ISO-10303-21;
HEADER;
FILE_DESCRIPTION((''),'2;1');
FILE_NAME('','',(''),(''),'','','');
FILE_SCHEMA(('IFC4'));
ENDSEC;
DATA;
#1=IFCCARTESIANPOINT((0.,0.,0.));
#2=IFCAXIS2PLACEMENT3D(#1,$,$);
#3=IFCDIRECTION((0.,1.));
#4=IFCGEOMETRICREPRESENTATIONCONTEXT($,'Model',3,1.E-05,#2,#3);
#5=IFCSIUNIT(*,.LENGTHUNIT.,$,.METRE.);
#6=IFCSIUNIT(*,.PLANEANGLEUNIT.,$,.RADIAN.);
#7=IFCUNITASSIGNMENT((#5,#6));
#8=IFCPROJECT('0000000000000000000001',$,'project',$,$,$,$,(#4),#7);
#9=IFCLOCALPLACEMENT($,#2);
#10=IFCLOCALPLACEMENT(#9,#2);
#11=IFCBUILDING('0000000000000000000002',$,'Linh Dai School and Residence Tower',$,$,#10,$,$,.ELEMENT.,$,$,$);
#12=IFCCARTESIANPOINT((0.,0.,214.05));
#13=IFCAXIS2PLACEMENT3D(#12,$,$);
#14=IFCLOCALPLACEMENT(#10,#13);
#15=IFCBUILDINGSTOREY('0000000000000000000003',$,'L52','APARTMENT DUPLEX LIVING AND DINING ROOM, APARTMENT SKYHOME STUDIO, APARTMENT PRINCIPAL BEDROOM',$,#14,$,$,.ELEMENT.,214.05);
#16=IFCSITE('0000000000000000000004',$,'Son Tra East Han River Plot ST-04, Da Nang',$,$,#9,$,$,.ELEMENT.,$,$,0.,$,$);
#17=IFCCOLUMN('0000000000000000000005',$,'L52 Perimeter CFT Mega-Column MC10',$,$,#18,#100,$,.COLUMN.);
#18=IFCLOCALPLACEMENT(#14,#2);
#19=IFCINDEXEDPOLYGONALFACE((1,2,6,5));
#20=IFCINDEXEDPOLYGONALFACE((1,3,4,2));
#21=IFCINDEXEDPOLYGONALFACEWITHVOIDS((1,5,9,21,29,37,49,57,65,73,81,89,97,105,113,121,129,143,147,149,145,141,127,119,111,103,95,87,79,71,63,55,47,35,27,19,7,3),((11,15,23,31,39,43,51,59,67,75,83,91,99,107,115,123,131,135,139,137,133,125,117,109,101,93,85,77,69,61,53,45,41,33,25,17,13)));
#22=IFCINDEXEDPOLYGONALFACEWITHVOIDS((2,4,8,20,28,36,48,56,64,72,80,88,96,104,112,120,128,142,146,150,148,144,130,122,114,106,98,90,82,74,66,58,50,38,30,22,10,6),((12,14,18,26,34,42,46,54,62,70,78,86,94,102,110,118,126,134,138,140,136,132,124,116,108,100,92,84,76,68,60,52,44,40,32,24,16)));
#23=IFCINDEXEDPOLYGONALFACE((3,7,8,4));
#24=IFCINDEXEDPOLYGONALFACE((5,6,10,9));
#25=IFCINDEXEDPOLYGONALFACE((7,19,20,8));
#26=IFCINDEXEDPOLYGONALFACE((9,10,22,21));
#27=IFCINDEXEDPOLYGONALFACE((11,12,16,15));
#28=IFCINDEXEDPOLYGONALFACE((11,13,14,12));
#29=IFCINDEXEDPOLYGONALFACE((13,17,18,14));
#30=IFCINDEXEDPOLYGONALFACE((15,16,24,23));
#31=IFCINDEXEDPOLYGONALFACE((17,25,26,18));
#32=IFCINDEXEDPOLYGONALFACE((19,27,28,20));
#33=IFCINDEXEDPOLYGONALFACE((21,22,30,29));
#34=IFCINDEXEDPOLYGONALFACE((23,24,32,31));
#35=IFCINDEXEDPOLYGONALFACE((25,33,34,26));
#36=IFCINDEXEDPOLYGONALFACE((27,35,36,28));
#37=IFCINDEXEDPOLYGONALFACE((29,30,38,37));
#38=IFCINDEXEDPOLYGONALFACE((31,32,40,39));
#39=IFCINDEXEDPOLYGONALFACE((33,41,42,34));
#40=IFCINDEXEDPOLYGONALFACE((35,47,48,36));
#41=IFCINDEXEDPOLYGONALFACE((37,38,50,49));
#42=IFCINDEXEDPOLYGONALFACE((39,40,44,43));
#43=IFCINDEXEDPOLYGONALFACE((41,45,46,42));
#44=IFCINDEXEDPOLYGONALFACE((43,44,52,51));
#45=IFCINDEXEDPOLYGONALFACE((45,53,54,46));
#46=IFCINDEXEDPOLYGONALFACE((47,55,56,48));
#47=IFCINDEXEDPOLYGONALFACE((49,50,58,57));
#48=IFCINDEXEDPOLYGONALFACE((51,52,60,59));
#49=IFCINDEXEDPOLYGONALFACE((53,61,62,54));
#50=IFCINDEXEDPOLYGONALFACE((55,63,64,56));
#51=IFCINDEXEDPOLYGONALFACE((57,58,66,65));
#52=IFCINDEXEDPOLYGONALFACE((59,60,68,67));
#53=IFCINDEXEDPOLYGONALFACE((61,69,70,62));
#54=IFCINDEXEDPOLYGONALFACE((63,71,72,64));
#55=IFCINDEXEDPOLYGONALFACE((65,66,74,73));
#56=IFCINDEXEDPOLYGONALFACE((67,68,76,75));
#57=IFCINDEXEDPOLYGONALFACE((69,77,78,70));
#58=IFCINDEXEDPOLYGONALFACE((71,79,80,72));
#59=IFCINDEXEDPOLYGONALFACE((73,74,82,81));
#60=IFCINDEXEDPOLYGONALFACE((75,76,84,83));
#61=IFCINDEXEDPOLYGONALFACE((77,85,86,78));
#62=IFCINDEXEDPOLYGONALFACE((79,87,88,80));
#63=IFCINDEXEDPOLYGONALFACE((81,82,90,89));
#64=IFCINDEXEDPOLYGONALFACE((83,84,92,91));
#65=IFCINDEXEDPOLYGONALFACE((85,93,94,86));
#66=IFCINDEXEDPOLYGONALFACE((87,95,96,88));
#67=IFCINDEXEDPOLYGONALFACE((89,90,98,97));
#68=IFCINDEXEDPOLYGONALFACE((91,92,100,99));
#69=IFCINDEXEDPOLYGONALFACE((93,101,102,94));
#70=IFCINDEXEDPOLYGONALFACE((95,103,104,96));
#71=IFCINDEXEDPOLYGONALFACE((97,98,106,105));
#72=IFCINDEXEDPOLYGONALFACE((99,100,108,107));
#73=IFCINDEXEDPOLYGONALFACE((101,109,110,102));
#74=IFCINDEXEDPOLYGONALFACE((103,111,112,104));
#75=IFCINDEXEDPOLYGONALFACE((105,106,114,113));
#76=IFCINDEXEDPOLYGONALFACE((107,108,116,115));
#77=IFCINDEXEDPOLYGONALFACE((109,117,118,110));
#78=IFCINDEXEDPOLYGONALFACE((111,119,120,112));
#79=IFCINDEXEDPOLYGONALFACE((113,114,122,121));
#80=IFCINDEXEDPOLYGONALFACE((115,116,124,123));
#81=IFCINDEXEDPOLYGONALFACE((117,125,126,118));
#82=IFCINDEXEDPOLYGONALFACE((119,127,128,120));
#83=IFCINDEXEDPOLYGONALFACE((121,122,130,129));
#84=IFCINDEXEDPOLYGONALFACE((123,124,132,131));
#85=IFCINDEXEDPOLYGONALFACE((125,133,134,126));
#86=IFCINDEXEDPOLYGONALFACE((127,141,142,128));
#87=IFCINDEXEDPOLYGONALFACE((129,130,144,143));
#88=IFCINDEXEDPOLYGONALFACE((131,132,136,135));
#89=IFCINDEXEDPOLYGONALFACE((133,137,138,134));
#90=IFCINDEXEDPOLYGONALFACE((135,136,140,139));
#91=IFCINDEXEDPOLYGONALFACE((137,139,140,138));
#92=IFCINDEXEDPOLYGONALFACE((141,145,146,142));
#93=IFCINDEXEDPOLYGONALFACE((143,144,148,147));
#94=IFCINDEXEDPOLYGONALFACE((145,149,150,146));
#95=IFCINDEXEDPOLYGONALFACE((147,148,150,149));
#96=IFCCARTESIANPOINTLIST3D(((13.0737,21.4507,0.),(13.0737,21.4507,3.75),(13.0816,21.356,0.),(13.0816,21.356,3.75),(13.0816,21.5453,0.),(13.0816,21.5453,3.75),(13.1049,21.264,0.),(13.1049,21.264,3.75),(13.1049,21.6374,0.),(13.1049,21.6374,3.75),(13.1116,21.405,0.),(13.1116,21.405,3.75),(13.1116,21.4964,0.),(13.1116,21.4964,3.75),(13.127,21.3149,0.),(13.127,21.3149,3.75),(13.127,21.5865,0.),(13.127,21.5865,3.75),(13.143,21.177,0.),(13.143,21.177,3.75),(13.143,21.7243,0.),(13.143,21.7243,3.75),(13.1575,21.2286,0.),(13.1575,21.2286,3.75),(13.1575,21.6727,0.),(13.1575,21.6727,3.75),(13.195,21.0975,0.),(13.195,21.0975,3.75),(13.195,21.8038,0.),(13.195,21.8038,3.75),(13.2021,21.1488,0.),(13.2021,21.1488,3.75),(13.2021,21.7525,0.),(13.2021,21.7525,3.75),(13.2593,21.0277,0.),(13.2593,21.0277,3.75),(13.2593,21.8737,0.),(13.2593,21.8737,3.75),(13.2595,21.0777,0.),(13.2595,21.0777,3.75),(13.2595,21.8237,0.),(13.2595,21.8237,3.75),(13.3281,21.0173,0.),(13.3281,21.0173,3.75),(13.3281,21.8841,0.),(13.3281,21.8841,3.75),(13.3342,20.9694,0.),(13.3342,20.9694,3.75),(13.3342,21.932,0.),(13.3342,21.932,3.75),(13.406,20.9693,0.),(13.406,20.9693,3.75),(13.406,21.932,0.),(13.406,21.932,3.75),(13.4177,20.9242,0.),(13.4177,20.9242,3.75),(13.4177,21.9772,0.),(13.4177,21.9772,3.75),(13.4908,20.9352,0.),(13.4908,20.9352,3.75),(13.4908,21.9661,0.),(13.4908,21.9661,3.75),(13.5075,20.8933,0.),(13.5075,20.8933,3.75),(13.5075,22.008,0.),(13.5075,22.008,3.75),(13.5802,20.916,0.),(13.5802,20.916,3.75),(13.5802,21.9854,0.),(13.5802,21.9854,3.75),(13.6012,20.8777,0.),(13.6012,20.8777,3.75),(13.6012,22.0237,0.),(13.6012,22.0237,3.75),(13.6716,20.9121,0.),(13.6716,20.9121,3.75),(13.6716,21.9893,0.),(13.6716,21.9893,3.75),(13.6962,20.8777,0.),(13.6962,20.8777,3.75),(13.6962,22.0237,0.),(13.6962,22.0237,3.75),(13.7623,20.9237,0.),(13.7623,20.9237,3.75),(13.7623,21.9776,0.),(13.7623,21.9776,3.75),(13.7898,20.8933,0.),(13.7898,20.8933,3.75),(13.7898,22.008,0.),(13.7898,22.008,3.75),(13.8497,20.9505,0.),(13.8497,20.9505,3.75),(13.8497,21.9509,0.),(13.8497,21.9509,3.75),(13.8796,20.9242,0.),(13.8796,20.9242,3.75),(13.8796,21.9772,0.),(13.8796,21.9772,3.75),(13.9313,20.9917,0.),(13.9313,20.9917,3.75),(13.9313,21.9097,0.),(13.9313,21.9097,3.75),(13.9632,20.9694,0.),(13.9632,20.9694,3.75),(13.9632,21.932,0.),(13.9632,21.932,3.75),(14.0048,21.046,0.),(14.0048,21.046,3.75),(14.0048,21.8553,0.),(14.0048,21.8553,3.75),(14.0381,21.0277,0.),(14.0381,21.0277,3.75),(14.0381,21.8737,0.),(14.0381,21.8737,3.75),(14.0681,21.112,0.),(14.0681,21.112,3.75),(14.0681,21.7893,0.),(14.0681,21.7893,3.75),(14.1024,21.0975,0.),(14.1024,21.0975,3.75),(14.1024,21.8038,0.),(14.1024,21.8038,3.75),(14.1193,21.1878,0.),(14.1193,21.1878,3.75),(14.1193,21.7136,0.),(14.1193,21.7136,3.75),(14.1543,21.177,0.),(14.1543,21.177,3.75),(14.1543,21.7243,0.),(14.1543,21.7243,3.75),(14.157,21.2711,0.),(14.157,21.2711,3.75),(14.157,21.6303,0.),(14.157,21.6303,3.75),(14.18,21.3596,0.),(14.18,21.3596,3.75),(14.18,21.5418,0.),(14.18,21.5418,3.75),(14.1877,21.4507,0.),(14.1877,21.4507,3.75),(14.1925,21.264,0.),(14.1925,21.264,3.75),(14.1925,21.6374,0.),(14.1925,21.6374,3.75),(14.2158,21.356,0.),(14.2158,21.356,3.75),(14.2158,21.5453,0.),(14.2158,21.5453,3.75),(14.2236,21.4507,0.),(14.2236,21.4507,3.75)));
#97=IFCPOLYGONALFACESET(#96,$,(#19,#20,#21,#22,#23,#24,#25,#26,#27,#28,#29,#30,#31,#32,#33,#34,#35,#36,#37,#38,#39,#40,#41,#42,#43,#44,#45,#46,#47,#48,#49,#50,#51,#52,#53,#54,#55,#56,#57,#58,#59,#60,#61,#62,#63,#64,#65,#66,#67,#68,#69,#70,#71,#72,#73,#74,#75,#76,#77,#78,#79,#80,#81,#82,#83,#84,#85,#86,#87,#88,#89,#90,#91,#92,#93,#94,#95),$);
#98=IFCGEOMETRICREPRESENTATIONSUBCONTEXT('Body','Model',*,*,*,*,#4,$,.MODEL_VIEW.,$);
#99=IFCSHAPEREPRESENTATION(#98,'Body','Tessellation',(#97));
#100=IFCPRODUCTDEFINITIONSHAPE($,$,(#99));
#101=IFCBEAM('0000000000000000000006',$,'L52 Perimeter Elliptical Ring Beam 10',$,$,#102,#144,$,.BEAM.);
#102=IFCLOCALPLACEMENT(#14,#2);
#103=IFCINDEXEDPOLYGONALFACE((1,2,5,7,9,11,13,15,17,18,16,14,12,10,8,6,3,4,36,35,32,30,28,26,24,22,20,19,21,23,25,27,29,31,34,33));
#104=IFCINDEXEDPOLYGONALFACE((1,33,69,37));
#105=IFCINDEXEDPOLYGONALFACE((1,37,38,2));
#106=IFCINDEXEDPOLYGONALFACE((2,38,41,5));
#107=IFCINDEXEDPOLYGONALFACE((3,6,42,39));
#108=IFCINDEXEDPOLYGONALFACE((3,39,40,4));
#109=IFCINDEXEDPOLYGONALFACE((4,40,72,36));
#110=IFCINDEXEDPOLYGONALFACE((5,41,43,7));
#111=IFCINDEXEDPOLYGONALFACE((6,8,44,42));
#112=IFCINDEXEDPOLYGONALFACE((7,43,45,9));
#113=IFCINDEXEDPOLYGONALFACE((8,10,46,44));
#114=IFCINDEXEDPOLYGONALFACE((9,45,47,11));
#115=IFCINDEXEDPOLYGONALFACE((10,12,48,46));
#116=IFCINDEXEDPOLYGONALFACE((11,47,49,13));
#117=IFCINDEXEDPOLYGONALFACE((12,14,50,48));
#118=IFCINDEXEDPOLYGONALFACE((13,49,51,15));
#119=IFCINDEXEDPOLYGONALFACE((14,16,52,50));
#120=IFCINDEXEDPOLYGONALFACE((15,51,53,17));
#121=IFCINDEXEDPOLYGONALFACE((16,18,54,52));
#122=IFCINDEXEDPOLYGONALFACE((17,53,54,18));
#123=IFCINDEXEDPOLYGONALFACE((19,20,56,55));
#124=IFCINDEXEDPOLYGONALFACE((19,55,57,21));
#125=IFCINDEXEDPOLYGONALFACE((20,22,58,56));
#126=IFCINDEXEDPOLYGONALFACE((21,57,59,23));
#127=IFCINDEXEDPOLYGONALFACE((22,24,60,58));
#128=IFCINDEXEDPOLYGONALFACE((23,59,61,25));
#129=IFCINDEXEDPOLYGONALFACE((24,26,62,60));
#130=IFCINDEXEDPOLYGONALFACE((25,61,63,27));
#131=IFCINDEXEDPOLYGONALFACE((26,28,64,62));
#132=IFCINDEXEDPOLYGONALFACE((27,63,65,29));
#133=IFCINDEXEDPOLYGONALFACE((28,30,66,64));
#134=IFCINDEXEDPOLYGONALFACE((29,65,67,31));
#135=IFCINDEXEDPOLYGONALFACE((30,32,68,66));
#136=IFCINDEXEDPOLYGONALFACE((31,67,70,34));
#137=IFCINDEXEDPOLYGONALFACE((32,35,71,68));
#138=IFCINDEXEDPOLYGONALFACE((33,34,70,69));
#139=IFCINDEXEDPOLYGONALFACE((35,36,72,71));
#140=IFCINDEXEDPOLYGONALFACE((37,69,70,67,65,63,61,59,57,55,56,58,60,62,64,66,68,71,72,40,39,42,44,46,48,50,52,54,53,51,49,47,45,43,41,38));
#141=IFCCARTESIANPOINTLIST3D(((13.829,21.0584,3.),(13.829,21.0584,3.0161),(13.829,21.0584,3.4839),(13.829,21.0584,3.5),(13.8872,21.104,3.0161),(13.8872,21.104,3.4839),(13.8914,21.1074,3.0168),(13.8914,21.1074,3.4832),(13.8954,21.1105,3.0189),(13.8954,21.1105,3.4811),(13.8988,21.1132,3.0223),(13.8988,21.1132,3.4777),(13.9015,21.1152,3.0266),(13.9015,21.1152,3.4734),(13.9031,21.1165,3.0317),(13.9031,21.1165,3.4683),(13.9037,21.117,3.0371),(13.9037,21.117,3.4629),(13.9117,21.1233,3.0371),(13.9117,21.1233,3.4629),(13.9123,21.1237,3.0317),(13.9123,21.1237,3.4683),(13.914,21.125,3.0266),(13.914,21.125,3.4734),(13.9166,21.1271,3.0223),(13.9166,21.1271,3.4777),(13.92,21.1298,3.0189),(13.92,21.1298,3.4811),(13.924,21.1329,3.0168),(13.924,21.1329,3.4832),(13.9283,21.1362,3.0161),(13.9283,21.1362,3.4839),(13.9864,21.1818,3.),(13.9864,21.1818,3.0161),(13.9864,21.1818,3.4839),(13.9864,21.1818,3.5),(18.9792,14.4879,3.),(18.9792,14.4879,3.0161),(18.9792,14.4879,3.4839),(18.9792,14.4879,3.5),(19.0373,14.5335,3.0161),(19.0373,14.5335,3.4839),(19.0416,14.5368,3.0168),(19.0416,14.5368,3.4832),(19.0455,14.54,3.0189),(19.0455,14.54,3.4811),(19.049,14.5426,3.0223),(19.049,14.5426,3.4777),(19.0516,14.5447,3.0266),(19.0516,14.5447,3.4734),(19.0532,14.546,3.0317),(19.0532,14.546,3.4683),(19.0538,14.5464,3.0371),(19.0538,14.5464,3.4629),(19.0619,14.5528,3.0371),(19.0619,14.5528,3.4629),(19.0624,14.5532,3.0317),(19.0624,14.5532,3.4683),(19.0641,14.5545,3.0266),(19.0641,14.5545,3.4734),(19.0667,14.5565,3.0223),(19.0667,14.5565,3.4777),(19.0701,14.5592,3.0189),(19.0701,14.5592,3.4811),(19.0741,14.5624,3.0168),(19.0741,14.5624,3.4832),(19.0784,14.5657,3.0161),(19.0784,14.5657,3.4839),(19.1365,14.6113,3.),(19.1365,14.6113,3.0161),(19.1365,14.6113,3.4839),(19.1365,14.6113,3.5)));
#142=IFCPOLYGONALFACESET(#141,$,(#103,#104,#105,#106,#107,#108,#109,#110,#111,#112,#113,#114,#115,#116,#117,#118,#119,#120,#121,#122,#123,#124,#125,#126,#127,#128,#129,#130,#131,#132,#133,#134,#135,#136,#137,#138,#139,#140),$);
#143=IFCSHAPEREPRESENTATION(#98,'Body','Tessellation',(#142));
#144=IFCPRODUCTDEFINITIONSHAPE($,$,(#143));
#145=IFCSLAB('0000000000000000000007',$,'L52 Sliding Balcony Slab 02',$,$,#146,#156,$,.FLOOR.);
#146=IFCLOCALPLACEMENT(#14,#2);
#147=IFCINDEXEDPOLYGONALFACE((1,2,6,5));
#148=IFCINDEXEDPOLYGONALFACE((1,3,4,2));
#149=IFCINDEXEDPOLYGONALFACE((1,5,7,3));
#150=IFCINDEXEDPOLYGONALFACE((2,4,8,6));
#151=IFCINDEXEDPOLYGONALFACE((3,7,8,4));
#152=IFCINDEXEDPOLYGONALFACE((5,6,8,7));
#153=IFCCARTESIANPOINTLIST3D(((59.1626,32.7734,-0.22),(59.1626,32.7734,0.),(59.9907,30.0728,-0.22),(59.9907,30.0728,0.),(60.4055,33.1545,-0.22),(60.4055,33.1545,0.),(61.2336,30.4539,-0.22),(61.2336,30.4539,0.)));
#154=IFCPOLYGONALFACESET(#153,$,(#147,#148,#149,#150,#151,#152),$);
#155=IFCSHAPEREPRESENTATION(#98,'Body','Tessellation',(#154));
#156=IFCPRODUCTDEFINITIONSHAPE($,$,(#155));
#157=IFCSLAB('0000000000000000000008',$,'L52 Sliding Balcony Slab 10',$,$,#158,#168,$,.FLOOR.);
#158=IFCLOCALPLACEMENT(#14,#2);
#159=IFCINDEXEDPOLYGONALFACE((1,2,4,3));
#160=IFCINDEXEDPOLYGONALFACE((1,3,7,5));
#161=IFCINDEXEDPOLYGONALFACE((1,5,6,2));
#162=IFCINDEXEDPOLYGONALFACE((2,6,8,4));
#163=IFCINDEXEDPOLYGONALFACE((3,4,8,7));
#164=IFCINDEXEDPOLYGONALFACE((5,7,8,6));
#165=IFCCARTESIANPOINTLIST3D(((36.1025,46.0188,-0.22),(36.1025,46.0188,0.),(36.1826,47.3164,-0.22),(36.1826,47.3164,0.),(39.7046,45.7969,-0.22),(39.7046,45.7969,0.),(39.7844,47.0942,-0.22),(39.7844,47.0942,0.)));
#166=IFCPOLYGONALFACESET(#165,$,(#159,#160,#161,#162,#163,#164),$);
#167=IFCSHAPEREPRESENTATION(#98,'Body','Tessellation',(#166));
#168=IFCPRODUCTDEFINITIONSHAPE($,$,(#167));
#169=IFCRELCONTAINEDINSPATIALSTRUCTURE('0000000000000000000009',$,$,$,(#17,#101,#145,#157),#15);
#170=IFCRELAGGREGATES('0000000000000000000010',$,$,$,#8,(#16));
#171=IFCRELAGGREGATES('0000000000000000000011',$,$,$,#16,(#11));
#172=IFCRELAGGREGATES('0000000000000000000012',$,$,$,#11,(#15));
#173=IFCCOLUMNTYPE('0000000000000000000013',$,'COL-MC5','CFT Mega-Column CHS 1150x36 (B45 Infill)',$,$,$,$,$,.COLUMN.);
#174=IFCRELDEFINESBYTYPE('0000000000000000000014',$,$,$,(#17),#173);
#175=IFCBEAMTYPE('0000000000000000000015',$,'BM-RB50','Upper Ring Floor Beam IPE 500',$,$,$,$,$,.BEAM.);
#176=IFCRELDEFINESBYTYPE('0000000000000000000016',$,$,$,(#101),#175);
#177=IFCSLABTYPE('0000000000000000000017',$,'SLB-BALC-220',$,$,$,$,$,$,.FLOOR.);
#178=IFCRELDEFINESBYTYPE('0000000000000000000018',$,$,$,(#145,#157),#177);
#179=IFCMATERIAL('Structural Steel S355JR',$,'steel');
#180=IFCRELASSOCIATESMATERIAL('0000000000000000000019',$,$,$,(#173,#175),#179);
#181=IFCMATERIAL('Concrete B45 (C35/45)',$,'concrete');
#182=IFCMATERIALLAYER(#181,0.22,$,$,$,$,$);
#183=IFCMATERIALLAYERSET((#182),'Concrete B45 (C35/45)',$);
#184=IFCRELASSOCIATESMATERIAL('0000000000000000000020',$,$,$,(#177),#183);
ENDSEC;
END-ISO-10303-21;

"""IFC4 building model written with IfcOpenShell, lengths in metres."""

from ifc_helpers import new_model, si_unit, direction, frame, origin, origin_2d, place, context, subcontext, project, spatial, polyline, hollow_circle, i_section, outline, extrude, material, layer, layer_set, material_profile, profile_set, type_object, element, save


model = new_model("IFC4")

# Units and contexts
model_context = context("Model", 3, precision=1e-05, world=origin(), true_north=direction((0.0, 1.0)))
body_context = subcontext(model_context, "Body", "Model", "MODEL_VIEW")
ifc_project = project(units=[si_unit("LENGTHUNIT", "METRE"), si_unit("PLANEANGLEUNIT", "RADIAN")], contexts=[model_context])

# Site, building, storey
site_placement = place(None, origin())
site = spatial("IfcSite", under=ifc_project, at=site_placement, Name="Son Tra East Han River Plot ST-04, Da Nang", CompositionType="ELEMENT", RefElevation=0.0)
building_placement = place(site_placement, origin())
building = spatial("IfcBuilding", under=site, at=building_placement, Name="Linh Dai School and Residence Tower", CompositionType="ELEMENT")
storey_placement = place(building_placement, frame((0.0, 0.0, 214.05)))
storey = spatial("IfcBuildingStorey", under=building, at=storey_placement, Name="L52", Description="APARTMENT DUPLEX LIVING AND DINING ROOM, APARTMENT SKYHOME STUDIO, APARTMENT PRINCIPAL BEDROOM", CompositionType="ELEMENT", Elevation=214.05)

# Column
ifc_material_1 = material(Name="Structural Steel S355JR", Category="steel")
ifc_material_profile_1 = material_profile(ifc_material_1, hollow_circle(Radius=0.575, WallThickness=0.0359, at=origin_2d()), Name="CHS 1150x36")
ifc_profile_set_1 = profile_set([ifc_material_profile_1], Name="Structural Steel S355JR")
column_type = type_object("IfcColumnType", Name="COL-MC5", Description="CFT Mega-Column CHS 1150x36 (B45 Infill)", PredefinedType="COLUMN", material=ifc_profile_set_1)
column_placement = place(storey_placement, frame((13.6487, 21.4507, 0.0), z_axis=(0.0, 0.0, 1.0), x_axis=(1.0, 0.0, 0.0)))
element("IfcColumn", 1, at=column_placement, inside=storey, type_object=column_type, Name="L52 Perimeter CFT Mega-Column MC10", PredefinedType="COLUMN", context=body_context, shape_type="SweptSolid", body=[
    extrude(hollow_circle(Radius=0.575, WallThickness=0.0359, at=origin_2d()), origin(), (0.0, 0.0, 1.0), 3.75),
])

# Beam
ifc_material_profile_2 = material_profile(ifc_material_1, i_section(OverallWidth=0.2, OverallDepth=0.5, WebThickness=0.0103, FlangeThickness=0.0161, FilletRadius=0.021, at=origin_2d()), Name="IPE 500")
ifc_profile_set_2 = profile_set([ifc_material_profile_2], Name="Structural Steel S355JR")
beam_type = type_object("IfcBeamType", Name="BM-RB50", Description="Upper Ring Floor Beam IPE 500", PredefinedType="BEAM", material=ifc_profile_set_2)
beam_placement = place(storey_placement, frame((13.9077, 21.1201, 3.25), z_axis=(0.6169, -0.787041, 0.0), x_axis=(0.787041, 0.6169, 0.0)))
element("IfcBeam", 2, at=beam_placement, inside=storey, type_object=beam_type, Name="L52 Perimeter Elliptical Ring Beam 10", PredefinedType="BEAM", context=body_context, shape_type="SweptSolid", body=[
    extrude(i_section(OverallWidth=0.2, OverallDepth=0.5, WebThickness=0.0103, FlangeThickness=0.0161, FilletRadius=0.021, at=origin_2d()), origin(), (0.0, 0.0, 1.0), 8.3484),
])

# Slabs
ifc_material_2 = material(Name="Concrete B45 (C35/45)", Category="concrete")
ifc_layer_1 = layer(ifc_material_2, 0.22)
ifc_layer_set_1 = layer_set([ifc_layer_1], Name="Concrete B45 (C35/45)")
slab_type_1 = type_object("IfcSlabType", Name="SLB-BALC-220", PredefinedType="FLOOR", material=ifc_layer_set_1)
slab_1_placement = place(storey_placement, frame((0.0, 0.0, -0.22)))
element("IfcSlab", 3, at=slab_1_placement, inside=storey, type_object=slab_type_1, Name="L52 Sliding Balcony Slab 02", PredefinedType="FLOOR", context=body_context, shape_type="SweptSolid", body=[
    extrude(outline(polyline([(59.1626, 32.7734), (59.9907, 30.0728), (61.2336, 30.4539), (60.4055, 33.1545), (59.1626, 32.7734)])), origin(), (0.0, 0.0, 1.0), 0.22),
])
slab_2_placement = place(storey_placement, frame((0.0, 0.0, -0.22)))
element("IfcSlab", 4, at=slab_2_placement, inside=storey, type_object=slab_type_1, Name="L52 Sliding Balcony Slab 10", PredefinedType="FLOOR", context=body_context, shape_type="SweptSolid", body=[
    extrude(outline(polyline([(36.1025, 46.0188), (39.7046, 45.7969), (39.7844, 47.0942), (36.1826, 47.3164), (36.1025, 46.0188)])), origin(), (0.0, 0.0, 1.0), 0.22),
])

save(model, "model.ifc")
